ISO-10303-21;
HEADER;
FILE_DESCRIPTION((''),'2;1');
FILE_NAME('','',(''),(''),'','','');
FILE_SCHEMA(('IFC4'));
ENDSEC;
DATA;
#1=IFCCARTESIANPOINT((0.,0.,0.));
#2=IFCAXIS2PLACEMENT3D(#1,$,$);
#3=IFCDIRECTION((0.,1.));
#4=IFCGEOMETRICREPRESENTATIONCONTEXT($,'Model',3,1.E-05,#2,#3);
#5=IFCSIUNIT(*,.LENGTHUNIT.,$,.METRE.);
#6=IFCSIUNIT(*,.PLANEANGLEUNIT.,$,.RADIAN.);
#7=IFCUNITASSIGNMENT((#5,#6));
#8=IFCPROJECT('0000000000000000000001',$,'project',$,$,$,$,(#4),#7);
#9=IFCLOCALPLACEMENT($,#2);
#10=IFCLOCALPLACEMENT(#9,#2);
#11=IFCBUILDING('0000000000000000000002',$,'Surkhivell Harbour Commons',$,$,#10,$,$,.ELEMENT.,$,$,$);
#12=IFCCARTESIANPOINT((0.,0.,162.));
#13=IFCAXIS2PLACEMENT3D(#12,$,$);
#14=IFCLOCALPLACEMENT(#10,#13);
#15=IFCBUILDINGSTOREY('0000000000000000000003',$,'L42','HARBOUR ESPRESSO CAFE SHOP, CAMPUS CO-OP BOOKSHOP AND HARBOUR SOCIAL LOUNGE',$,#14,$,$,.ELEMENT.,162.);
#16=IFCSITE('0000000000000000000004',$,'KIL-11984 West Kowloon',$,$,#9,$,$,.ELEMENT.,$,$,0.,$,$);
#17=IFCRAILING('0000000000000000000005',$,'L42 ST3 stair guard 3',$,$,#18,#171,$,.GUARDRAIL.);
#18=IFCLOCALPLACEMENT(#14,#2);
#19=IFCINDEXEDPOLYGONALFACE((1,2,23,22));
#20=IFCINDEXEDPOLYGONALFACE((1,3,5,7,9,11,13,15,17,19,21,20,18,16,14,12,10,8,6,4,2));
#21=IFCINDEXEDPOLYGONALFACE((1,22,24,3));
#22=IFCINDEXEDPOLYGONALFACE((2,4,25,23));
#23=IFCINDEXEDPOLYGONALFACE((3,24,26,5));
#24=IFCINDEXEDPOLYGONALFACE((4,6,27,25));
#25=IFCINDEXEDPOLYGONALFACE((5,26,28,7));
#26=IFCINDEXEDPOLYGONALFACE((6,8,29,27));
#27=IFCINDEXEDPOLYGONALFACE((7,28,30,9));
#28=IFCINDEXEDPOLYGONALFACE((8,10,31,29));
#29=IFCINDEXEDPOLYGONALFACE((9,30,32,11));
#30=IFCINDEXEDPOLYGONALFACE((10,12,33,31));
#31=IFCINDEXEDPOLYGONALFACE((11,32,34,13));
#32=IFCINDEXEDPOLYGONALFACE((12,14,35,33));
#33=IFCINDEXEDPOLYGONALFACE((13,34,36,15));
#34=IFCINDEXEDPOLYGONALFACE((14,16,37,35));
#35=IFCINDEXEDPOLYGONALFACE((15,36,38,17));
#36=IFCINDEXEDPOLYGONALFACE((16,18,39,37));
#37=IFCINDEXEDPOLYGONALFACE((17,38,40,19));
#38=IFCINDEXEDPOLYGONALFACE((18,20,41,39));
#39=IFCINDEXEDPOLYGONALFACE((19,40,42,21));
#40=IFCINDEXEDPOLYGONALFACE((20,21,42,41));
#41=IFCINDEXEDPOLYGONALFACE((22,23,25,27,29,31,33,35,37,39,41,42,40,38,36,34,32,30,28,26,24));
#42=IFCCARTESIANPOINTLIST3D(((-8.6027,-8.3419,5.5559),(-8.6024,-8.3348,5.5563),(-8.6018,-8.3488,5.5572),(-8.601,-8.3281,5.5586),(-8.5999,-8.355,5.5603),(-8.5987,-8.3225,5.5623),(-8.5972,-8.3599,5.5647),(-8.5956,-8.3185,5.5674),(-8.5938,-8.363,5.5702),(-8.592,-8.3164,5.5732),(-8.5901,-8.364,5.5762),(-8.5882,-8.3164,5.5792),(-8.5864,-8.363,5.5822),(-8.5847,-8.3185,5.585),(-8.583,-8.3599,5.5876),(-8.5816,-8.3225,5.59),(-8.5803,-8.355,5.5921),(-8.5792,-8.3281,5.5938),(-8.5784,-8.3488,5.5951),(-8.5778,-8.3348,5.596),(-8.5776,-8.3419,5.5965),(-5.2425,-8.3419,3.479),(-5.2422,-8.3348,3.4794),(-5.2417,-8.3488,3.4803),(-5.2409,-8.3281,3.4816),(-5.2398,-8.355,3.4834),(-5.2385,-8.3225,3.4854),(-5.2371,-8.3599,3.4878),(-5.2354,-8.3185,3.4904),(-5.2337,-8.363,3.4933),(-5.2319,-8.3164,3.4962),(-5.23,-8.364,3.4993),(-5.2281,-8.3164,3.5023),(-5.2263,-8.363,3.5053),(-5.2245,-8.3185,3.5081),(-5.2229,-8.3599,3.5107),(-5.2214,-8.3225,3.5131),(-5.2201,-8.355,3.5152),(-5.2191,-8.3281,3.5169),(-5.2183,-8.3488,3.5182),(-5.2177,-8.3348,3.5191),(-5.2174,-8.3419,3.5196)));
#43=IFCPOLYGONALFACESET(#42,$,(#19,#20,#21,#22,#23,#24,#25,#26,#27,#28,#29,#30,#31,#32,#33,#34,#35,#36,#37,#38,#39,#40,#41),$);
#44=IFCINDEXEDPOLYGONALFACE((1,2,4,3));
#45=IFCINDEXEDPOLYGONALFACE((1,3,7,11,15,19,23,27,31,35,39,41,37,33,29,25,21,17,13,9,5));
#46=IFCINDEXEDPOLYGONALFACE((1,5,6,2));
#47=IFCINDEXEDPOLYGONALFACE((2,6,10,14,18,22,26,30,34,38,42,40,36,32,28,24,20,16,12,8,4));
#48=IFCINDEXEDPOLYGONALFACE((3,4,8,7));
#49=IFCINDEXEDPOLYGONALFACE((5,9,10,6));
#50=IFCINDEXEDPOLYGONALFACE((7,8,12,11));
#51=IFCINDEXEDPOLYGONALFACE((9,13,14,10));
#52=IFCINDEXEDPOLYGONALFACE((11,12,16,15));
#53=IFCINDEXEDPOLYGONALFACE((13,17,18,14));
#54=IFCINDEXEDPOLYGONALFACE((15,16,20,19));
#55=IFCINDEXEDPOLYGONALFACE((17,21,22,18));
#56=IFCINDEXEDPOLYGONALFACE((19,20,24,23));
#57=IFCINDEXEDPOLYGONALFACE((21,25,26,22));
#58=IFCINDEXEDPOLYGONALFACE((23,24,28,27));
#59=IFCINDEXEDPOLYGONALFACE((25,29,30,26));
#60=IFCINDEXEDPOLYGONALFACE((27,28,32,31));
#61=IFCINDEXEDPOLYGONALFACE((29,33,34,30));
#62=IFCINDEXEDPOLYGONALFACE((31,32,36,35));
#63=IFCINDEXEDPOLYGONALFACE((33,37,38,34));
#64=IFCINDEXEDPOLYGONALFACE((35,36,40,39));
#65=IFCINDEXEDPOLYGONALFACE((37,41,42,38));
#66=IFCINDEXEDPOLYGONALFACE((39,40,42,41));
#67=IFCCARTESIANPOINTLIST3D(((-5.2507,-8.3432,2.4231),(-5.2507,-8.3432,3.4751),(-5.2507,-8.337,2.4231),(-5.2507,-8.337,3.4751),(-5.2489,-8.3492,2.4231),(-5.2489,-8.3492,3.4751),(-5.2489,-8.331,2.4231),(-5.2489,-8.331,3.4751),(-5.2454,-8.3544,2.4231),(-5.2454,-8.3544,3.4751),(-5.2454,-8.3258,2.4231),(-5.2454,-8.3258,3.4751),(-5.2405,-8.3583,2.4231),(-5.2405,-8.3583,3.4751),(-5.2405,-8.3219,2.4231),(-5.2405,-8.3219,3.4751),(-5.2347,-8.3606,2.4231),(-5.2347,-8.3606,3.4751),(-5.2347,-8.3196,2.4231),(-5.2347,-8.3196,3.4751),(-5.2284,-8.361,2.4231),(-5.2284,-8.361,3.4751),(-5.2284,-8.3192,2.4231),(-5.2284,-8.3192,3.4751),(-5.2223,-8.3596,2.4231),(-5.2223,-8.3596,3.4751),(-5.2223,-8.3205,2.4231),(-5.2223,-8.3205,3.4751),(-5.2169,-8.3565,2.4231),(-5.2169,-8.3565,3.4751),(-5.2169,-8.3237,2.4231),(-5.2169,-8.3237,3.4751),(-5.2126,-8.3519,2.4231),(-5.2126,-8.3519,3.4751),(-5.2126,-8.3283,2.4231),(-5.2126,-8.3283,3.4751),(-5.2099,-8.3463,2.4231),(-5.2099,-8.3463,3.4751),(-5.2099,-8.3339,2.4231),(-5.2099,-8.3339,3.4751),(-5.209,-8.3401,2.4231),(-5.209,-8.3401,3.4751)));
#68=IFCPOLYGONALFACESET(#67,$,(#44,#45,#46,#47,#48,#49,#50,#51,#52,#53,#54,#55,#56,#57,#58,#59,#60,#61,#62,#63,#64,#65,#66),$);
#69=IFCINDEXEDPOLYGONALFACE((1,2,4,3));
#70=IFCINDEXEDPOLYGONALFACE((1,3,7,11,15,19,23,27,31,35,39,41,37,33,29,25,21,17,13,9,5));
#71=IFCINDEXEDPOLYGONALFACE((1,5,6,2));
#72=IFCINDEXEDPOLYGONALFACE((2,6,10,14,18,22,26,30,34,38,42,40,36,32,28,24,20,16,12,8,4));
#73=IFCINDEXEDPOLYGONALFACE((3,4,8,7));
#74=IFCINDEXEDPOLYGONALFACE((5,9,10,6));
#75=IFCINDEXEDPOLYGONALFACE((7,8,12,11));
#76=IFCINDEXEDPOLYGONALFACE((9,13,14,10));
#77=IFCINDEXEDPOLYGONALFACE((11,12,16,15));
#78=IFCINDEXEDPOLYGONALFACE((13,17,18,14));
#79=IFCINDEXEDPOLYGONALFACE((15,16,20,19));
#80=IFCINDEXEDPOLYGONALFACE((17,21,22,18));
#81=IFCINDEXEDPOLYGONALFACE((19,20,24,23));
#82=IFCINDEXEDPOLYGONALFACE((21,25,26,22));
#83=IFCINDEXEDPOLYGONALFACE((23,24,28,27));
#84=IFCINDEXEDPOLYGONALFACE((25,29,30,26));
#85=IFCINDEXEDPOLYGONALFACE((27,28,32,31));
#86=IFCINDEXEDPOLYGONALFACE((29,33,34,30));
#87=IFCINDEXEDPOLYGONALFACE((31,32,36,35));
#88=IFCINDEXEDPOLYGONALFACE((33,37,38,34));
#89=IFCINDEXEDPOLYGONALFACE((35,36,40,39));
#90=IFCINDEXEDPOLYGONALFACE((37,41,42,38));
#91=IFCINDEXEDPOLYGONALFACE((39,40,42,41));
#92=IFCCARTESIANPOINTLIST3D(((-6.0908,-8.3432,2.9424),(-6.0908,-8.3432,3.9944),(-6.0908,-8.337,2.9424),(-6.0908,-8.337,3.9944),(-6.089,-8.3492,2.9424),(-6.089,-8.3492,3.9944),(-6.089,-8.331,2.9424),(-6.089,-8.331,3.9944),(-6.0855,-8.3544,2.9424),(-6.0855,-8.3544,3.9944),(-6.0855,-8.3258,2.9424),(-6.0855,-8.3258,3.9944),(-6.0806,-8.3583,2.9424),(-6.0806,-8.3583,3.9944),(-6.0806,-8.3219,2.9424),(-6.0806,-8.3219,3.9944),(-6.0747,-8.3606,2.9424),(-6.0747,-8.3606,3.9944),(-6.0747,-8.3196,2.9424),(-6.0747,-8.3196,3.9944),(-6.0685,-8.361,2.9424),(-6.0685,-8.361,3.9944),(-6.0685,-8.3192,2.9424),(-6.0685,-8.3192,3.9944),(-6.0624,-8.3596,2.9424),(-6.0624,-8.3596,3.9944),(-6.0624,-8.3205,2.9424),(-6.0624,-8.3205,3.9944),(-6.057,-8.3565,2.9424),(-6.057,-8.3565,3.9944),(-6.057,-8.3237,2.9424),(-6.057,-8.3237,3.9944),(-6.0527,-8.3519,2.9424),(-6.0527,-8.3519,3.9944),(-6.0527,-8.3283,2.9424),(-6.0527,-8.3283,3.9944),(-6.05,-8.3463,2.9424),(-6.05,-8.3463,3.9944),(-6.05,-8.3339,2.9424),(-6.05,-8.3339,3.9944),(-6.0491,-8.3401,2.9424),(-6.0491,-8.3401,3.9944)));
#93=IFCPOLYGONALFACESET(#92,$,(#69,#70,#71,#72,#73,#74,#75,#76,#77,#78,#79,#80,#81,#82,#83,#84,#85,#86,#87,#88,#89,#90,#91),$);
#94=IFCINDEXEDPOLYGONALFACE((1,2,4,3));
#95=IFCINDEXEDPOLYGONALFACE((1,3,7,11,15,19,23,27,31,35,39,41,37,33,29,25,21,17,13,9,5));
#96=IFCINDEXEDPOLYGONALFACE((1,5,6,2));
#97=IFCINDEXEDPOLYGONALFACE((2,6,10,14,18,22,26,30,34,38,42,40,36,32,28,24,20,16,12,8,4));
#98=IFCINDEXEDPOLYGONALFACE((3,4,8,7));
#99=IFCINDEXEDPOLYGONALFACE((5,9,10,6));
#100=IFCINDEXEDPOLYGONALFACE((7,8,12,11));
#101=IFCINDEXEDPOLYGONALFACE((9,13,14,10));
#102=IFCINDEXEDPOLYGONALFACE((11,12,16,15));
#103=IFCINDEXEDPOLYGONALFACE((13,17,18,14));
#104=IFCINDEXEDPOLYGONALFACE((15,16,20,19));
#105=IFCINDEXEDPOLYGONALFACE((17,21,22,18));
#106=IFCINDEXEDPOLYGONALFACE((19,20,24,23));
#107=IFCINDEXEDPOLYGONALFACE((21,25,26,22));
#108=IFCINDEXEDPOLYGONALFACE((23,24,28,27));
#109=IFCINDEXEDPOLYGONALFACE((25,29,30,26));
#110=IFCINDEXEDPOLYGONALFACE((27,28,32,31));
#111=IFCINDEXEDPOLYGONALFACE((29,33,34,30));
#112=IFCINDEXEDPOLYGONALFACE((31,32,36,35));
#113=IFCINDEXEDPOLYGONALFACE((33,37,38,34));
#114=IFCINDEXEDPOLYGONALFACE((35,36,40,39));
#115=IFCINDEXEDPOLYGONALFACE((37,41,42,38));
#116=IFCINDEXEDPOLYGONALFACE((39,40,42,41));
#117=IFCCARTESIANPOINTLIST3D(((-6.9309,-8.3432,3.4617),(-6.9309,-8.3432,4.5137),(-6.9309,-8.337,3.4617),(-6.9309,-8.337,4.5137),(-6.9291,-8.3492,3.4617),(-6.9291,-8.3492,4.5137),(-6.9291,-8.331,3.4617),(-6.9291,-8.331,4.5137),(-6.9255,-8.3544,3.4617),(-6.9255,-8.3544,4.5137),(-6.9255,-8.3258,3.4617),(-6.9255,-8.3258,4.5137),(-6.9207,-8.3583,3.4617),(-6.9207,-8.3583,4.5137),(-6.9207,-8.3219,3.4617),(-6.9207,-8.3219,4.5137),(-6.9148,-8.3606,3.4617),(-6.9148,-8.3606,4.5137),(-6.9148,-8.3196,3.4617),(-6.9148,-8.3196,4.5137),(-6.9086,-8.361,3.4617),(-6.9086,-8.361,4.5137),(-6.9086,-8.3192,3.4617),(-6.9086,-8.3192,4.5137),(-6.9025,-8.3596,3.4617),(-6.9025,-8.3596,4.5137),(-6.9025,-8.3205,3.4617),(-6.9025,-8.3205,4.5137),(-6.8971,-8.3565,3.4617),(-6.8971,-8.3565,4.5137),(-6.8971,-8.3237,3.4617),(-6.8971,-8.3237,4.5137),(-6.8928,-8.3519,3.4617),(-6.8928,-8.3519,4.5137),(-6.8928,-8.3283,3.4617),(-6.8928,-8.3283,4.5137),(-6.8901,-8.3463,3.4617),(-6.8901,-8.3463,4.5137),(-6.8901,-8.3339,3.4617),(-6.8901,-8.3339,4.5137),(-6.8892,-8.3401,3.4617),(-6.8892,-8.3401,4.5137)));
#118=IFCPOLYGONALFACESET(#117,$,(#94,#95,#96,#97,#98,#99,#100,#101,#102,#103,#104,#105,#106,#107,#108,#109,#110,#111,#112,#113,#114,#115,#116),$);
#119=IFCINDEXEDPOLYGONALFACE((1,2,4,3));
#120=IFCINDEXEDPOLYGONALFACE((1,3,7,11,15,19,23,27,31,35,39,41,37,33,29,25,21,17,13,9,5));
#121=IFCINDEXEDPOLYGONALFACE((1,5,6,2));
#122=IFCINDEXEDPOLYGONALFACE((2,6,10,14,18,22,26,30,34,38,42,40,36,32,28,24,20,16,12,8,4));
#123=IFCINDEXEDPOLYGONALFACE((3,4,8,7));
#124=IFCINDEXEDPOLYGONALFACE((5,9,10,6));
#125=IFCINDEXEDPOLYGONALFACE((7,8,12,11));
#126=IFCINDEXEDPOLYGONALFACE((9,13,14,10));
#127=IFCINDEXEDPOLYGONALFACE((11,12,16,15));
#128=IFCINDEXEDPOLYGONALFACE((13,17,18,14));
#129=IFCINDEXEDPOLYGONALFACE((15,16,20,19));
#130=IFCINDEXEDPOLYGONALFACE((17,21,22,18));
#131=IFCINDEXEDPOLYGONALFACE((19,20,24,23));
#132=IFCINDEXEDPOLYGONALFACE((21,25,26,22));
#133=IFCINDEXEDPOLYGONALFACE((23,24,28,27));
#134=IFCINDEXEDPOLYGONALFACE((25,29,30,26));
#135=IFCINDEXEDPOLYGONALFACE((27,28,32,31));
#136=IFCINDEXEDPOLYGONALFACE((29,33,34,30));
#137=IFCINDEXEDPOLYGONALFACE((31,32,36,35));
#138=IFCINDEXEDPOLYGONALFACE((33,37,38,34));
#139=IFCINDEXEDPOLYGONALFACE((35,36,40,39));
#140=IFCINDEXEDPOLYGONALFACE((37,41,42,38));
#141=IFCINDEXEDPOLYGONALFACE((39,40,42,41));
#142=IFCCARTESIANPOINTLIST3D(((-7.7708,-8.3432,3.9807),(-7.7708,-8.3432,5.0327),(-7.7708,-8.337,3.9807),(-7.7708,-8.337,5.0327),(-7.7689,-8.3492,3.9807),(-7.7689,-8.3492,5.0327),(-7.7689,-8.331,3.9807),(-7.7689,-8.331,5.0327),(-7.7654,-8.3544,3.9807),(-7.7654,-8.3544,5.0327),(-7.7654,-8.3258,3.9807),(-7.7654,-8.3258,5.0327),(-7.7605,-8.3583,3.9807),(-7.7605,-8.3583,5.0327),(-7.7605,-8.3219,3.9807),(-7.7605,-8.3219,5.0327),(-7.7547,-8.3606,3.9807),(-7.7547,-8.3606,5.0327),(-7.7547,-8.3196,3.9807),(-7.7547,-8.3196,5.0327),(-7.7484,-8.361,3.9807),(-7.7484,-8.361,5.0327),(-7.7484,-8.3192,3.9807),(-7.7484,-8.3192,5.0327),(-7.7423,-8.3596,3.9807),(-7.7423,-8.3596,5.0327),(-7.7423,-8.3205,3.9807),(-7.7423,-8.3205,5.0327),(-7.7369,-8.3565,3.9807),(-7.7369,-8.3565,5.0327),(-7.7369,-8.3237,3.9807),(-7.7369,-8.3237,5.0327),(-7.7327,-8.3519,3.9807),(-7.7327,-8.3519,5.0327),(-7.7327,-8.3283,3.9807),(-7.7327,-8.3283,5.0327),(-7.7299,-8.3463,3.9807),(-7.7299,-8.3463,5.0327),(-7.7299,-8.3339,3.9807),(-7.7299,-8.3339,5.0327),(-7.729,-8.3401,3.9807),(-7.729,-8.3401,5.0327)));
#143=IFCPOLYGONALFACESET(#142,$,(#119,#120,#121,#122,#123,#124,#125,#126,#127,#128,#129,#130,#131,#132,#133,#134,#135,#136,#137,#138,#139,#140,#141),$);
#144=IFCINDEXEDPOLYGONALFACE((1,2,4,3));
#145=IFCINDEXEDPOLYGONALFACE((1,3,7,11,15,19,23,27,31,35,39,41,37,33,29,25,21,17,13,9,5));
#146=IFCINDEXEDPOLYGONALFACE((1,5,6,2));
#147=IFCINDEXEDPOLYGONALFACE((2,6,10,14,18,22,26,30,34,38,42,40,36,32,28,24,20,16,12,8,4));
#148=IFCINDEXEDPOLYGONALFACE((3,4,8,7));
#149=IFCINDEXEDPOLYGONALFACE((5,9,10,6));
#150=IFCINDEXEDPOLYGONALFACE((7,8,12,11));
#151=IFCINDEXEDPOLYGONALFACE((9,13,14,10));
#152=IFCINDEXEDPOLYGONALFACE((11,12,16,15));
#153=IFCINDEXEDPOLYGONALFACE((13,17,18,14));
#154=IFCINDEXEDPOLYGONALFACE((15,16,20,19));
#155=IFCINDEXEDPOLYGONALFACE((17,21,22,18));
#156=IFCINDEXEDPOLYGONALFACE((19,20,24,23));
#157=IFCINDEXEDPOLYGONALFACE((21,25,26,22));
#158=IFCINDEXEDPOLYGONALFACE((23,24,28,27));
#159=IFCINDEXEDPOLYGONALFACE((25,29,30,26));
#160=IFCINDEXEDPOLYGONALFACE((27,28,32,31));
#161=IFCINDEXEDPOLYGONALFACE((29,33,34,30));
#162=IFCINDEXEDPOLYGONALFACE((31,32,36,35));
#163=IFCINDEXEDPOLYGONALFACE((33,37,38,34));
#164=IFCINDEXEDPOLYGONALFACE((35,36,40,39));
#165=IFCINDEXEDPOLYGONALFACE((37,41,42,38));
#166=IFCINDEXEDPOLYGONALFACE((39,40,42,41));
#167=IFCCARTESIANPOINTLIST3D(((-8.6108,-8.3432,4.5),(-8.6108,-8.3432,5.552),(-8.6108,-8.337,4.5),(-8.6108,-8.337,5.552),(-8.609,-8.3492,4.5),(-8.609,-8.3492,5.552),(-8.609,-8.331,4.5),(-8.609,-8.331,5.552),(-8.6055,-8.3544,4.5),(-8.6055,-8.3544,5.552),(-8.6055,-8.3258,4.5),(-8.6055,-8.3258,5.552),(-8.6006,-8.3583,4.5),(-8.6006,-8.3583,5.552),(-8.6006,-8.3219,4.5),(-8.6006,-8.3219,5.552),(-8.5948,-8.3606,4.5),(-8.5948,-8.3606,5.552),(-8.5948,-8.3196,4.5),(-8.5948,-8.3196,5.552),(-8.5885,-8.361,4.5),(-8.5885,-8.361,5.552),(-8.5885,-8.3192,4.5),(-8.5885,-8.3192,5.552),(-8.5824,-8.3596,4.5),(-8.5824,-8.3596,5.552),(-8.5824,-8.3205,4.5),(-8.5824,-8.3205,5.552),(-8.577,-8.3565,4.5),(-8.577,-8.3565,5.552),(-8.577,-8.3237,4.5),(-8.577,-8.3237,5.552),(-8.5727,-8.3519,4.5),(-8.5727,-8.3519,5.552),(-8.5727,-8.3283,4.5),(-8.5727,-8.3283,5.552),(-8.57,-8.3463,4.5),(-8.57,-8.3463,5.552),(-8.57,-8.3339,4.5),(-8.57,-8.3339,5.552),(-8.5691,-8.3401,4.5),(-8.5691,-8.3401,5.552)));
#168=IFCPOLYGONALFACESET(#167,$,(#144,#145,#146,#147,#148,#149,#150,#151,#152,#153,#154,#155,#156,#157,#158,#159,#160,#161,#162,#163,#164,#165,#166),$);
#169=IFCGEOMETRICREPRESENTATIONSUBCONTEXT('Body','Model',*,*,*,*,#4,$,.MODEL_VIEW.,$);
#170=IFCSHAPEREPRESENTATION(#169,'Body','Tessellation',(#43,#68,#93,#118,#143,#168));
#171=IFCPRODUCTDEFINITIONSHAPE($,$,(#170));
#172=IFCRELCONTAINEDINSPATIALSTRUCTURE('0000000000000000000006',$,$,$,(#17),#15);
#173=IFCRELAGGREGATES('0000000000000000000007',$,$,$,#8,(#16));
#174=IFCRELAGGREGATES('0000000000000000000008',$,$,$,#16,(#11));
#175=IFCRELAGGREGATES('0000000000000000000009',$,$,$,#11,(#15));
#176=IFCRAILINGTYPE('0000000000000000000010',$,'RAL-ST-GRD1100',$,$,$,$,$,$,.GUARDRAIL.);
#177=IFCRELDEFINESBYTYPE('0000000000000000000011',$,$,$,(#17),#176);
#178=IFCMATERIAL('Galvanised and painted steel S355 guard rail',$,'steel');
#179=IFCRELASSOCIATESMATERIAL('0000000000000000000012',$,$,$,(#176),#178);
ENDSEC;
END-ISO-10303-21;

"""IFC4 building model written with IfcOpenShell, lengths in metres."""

from ifc_helpers import new_model, si_unit, direction, frame, origin, origin_2d, place, context, subcontext, project, spatial, circle, extrude, material, type_object, element, save


model = new_model("IFC4")

# Units and contexts
model_context = context("Model", 3, precision=1e-05, world=origin(), true_north=direction((0.0, 1.0)))
body_context = subcontext(model_context, "Body", "Model", "MODEL_VIEW")
ifc_project = project(units=[si_unit("LENGTHUNIT", "METRE"), si_unit("PLANEANGLEUNIT", "RADIAN")], contexts=[model_context])

# Site, building, storey
site_placement = place(None, origin())
site = spatial("IfcSite", under=ifc_project, at=site_placement, Name="KIL-11984 West Kowloon", CompositionType="ELEMENT", RefElevation=0.0)
building_placement = place(site_placement, origin())
building = spatial("IfcBuilding", under=site, at=building_placement, Name="Surkhivell Harbour Commons", CompositionType="ELEMENT")
storey_placement = place(building_placement, frame((0.0, 0.0, 162.0)))
storey = spatial("IfcBuildingStorey", under=building, at=storey_placement, Name="L42", Description="HARBOUR ESPRESSO CAFE SHOP, CAMPUS CO-OP BOOKSHOP AND HARBOUR SOCIAL LOUNGE", CompositionType="ELEMENT", Elevation=162.0)

# Railing
ifc_material_1 = material(Name="Galvanised and painted steel S355 guard rail", Category="steel")
railing_type_1 = type_object("IfcRailingType", Name="RAL-ST-GRD1100", PredefinedType="GUARDRAIL", material=ifc_material_1)
railing_1_placement = place(storey_placement, frame((-5.23, -8.3401, 2.4231)))
element("IfcRailing", 1, at=railing_1_placement, inside=storey, type_object=railing_type_1, Name="L42 ST3 stair guard 3", PredefinedType="GUARDRAIL", context=body_context, shape_type="SweptSolid", body=[
    extrude(circle(Radius=0.0239, at=origin_2d()), frame((0.0, 0.0, 1.0762), z_axis=(-0.850623, 0.0, 0.525776), x_axis=(0.0, -1.0, 0.0)), (0.0, 0.0, 1.0), 3.9502),
    extrude(circle(Radius=0.021, at=origin_2d()), origin(), (0.0, 0.0, 1.0), 1.052),
    extrude(circle(Radius=0.021, at=origin_2d()), frame((-0.8401, 0.0, 0.5193)), (0.0, 0.0, 1.0), 1.052),
    extrude(circle(Radius=0.021, at=origin_2d()), frame((-1.6802, 0.0, 1.0386)), (0.0, 0.0, 1.0), 1.052),
    extrude(circle(Radius=0.021, at=origin_2d()), frame((-2.52, 0.0, 1.5576)), (0.0, 0.0, 1.0), 1.052),
    extrude(circle(Radius=0.021, at=origin_2d()), frame((-3.3601, 0.0, 2.0769)), (0.0, 0.0, 1.0), 1.052),
])

save(model, "model.ifc")
